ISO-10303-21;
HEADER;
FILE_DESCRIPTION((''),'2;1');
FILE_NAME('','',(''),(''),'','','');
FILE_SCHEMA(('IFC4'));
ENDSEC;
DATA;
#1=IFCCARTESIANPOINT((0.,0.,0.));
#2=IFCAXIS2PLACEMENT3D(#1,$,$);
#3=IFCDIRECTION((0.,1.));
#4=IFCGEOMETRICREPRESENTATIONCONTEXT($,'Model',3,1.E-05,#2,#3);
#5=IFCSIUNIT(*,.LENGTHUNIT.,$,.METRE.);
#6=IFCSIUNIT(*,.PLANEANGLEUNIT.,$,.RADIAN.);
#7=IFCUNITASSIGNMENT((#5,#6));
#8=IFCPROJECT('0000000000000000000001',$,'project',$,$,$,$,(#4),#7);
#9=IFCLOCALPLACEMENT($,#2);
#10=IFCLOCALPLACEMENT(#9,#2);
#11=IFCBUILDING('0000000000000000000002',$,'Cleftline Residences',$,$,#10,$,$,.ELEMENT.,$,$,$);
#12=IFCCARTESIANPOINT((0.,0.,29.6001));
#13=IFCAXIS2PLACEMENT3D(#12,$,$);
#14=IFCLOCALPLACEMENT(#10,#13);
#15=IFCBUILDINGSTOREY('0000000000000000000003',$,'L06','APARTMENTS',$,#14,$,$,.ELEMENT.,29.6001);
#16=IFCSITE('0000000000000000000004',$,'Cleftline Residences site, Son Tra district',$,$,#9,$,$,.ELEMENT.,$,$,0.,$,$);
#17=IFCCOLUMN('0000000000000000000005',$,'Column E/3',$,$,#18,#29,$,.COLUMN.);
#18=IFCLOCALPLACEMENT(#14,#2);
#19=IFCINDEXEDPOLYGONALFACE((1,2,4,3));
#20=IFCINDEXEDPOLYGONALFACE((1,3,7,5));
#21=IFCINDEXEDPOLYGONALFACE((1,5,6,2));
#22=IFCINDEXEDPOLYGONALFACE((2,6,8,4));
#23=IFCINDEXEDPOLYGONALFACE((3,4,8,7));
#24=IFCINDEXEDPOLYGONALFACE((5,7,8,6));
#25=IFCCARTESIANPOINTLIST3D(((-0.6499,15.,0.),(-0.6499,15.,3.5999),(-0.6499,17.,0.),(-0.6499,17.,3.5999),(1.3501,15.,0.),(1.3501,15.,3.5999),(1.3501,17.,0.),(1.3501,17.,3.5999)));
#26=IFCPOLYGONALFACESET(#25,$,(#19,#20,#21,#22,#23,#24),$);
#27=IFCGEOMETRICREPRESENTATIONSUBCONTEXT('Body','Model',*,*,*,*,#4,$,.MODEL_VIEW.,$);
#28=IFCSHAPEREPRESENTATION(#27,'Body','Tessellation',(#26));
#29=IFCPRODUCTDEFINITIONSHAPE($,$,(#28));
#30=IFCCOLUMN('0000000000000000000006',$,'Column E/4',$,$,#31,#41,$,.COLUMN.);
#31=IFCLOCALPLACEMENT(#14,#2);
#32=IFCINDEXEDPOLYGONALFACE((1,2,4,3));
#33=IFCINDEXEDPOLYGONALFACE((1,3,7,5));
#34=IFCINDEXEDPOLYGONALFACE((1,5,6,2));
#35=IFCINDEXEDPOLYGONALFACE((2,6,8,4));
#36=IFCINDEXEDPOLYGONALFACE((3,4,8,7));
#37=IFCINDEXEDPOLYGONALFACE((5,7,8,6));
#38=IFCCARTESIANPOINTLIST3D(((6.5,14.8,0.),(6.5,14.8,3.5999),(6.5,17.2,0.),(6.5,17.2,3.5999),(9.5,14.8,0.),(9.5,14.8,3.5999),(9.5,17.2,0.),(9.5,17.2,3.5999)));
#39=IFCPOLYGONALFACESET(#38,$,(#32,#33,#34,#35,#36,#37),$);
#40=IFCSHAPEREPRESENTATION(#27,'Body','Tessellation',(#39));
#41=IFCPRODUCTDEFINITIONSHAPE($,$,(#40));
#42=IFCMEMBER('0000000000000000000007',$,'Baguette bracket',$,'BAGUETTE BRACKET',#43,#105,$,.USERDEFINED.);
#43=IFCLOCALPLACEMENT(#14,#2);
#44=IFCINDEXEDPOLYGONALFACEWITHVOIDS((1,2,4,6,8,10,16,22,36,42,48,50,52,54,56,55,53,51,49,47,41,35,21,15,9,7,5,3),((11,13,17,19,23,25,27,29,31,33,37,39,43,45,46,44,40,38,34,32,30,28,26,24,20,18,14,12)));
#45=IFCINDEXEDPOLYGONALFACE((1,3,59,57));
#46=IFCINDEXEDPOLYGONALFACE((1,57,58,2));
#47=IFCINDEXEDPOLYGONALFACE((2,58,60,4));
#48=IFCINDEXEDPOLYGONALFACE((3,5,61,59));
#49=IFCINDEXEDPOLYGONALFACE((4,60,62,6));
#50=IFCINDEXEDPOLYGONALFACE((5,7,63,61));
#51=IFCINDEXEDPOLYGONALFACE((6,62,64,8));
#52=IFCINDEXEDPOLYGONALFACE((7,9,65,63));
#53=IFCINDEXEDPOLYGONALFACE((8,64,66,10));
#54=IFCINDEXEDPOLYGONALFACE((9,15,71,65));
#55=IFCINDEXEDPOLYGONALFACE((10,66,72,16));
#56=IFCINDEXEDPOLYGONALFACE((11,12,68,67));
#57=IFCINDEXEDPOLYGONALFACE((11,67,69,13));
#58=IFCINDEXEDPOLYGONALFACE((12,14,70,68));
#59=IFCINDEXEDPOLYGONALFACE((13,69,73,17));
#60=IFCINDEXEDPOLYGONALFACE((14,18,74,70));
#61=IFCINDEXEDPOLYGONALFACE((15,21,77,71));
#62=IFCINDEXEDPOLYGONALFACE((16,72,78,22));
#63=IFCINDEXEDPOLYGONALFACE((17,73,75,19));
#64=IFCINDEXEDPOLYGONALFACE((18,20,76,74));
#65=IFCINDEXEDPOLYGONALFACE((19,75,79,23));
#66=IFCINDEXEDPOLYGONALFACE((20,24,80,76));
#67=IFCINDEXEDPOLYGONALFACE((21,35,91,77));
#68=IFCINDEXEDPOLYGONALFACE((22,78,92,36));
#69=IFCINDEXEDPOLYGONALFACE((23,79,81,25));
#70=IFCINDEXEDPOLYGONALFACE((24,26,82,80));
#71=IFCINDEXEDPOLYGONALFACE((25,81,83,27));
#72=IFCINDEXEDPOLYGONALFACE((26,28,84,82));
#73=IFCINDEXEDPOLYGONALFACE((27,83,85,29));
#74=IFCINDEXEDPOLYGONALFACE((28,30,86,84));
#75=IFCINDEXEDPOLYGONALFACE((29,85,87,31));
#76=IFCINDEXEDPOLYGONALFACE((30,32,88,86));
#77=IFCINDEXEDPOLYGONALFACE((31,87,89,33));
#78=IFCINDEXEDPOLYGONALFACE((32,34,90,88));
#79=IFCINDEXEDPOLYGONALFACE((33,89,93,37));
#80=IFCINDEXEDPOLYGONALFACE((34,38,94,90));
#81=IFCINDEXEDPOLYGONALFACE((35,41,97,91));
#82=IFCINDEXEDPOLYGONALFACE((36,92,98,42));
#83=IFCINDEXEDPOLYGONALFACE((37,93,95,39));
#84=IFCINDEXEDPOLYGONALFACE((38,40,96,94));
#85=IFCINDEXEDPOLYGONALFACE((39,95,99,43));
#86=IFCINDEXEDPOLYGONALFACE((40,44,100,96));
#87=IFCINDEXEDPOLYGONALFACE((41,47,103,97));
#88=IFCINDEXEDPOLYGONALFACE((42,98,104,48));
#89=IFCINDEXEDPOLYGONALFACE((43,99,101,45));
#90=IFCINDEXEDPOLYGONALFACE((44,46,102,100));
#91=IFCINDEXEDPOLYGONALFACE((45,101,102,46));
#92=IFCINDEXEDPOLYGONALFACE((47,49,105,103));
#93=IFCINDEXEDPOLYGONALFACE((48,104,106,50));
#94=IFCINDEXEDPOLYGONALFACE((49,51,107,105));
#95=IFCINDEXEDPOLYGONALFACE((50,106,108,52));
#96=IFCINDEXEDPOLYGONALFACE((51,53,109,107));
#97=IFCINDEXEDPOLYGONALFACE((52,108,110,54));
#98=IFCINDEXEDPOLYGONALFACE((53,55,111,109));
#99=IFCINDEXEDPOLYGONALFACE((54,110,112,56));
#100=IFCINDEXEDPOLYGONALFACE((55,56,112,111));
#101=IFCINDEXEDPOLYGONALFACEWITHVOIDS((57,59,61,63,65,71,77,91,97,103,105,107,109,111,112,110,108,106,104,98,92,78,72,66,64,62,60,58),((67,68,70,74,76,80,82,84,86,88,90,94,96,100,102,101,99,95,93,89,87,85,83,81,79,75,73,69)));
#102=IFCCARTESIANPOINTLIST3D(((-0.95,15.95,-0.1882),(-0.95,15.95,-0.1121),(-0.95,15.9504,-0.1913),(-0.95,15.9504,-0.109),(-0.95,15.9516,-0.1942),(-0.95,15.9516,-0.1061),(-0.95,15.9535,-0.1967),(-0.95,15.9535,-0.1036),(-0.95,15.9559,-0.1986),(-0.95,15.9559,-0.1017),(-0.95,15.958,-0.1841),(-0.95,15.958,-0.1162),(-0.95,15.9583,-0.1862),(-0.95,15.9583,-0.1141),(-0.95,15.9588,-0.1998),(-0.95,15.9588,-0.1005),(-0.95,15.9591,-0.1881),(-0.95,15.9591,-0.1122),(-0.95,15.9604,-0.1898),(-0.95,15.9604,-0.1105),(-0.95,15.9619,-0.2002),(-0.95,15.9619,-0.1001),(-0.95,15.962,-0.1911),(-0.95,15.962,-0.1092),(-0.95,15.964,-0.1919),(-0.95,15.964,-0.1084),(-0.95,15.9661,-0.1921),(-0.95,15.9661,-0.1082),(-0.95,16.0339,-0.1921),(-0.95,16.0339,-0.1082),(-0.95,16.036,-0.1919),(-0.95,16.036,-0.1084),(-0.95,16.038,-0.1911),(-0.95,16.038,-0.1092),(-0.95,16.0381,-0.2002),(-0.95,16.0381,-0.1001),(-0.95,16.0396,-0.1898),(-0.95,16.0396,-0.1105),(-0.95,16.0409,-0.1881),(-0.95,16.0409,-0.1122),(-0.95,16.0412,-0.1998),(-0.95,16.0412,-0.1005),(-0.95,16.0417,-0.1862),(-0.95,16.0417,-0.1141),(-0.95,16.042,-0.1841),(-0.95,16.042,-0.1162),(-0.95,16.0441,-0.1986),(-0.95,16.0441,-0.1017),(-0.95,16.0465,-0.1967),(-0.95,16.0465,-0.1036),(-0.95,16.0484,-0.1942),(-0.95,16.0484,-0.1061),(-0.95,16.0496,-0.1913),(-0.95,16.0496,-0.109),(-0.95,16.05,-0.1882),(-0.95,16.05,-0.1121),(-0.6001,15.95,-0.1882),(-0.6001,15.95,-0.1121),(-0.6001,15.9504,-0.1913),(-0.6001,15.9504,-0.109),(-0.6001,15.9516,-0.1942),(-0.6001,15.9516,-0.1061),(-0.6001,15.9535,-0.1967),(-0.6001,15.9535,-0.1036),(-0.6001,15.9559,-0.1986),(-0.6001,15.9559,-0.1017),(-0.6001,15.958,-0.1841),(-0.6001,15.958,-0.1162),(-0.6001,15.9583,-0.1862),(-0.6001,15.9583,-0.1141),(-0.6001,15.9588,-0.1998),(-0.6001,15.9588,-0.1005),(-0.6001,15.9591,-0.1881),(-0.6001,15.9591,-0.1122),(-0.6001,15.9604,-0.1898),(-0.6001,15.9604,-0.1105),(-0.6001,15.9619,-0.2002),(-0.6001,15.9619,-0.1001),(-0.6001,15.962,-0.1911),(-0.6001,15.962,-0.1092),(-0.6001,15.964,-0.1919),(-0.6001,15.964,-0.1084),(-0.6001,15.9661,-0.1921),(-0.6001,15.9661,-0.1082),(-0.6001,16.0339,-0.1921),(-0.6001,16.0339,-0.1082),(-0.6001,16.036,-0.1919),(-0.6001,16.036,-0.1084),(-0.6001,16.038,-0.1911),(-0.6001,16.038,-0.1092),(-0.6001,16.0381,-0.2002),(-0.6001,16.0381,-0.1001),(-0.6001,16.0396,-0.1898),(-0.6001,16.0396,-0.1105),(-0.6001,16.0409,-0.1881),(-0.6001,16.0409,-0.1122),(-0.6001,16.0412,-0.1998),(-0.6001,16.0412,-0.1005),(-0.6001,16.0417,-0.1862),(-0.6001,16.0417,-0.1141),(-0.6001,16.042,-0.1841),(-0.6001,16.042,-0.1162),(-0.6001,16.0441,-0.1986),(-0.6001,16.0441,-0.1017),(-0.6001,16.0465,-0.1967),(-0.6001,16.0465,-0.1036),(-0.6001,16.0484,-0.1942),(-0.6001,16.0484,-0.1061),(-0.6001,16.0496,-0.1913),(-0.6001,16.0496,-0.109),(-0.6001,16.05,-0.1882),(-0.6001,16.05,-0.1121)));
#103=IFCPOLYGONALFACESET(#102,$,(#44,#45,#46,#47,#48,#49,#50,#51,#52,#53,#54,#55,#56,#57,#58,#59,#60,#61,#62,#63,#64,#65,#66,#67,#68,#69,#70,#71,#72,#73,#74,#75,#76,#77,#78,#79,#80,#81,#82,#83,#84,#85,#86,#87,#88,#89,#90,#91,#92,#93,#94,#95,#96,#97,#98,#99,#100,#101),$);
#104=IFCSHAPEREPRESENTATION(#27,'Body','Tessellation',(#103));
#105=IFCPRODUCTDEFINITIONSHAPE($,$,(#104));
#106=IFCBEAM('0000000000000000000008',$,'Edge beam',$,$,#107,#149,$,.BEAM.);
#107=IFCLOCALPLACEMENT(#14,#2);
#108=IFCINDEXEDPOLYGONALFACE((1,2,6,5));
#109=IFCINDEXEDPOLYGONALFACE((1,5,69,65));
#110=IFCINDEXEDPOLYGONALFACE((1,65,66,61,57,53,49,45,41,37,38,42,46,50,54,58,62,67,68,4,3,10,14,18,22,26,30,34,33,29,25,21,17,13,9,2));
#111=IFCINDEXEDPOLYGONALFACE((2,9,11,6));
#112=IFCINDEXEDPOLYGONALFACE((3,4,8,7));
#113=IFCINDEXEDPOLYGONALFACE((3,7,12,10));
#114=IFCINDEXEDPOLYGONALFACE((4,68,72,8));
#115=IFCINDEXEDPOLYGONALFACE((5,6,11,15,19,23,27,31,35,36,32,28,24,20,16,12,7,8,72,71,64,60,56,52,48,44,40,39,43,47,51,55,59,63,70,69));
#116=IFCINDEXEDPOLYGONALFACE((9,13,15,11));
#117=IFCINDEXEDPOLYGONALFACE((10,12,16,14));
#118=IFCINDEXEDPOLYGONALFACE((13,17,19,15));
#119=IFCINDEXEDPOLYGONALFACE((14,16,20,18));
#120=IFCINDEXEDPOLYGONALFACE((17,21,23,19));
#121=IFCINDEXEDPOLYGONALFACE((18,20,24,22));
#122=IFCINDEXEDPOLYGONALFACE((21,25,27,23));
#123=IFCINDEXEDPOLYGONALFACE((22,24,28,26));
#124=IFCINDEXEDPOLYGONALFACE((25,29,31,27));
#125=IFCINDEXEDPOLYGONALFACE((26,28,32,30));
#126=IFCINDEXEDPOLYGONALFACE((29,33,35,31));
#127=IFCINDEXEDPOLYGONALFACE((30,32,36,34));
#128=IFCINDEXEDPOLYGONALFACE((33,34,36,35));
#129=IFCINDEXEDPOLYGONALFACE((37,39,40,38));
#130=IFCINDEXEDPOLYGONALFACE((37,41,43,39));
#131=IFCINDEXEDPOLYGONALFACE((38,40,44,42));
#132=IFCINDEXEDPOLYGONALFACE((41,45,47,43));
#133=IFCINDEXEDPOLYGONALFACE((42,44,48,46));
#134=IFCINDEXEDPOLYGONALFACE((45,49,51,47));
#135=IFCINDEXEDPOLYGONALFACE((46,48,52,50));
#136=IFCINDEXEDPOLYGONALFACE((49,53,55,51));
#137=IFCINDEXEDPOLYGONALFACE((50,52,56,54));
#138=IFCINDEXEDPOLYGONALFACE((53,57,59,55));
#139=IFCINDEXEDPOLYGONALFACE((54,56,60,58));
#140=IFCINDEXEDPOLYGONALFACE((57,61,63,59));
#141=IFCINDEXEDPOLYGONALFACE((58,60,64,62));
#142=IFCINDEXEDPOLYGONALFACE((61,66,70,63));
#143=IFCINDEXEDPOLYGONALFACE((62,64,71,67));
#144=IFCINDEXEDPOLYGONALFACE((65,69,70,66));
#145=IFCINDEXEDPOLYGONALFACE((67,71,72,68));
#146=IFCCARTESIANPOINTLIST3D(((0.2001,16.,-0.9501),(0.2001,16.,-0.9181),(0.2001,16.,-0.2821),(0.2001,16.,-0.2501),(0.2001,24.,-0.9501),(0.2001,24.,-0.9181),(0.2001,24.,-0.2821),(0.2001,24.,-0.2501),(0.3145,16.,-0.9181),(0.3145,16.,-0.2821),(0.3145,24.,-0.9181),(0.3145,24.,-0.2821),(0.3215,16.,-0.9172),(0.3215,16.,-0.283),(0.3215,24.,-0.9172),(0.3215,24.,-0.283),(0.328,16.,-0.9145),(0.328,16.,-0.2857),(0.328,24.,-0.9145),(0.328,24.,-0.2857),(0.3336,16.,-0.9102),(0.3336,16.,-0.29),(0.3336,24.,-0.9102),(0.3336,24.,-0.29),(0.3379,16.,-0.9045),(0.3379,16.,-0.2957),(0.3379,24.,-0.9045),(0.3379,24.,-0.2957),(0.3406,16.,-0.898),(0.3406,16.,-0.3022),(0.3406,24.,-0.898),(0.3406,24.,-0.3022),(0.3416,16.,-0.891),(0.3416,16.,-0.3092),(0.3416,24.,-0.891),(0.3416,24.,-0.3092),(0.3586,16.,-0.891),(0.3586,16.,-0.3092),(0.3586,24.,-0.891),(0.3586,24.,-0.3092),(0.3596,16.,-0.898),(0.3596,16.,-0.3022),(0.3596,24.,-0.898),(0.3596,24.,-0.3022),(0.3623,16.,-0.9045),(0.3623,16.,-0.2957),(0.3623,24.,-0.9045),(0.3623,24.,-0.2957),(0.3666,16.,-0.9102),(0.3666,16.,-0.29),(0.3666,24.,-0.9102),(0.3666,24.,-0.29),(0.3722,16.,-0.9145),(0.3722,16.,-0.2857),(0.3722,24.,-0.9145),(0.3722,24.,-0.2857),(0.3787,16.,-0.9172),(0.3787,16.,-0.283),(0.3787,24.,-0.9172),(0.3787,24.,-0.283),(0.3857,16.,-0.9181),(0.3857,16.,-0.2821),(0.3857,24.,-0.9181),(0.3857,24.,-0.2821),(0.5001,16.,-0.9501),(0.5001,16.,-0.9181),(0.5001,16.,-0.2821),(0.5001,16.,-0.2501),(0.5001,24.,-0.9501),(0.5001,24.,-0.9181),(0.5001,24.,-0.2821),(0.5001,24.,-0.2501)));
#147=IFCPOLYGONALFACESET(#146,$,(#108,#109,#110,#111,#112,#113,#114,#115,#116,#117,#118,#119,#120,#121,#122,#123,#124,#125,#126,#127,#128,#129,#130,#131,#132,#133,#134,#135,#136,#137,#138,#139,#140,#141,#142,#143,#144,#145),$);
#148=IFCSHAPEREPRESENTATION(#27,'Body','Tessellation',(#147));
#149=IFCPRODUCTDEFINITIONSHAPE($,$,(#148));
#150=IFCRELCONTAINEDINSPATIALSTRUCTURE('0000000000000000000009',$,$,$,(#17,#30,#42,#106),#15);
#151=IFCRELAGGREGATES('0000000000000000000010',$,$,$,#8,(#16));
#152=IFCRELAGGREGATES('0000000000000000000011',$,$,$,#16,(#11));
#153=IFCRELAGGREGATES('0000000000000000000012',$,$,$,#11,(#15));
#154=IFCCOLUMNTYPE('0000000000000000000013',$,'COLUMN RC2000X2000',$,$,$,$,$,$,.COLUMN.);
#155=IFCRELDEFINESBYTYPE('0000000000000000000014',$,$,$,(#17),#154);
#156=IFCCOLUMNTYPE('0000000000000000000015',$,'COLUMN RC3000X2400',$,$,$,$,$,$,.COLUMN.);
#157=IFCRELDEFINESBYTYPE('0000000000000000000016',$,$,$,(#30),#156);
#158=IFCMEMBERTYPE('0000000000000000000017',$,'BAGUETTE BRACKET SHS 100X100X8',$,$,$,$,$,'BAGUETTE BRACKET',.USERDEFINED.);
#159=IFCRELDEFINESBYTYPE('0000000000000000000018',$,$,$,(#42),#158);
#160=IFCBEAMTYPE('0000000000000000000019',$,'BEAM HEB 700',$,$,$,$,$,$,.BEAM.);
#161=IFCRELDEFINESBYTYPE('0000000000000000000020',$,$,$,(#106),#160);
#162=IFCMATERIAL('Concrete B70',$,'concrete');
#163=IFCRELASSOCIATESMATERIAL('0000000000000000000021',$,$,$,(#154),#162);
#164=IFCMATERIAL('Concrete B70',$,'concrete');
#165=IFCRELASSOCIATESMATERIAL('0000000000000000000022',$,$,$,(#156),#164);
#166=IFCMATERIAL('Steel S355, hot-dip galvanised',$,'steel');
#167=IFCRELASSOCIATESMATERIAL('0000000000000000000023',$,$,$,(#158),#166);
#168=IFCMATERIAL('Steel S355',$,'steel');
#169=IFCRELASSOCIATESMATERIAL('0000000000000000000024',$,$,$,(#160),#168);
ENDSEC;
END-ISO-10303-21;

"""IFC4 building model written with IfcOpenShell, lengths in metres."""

from ifc_helpers import new_model, si_unit, direction, frame, origin, origin_2d, place, context, subcontext, project, spatial, rectangle, hollow_rectangle, i_section, extrude, material, material_profile, profile_set, type_object, element, save


model = new_model("IFC4")

# Units and contexts
model_context = context("Model", 3, precision=1e-05, world=origin(), true_north=direction((0.0, 1.0)))
body_context = subcontext(model_context, "Body", "Model", "MODEL_VIEW")
ifc_project = project(units=[si_unit("LENGTHUNIT", "METRE"), si_unit("PLANEANGLEUNIT", "RADIAN")], contexts=[model_context])

# Site, building, storey
site_placement = place(None, origin())
site = spatial("IfcSite", under=ifc_project, at=site_placement, Name="Cleftline Residences site, Son Tra district", CompositionType="ELEMENT", RefElevation=0.0)
building_placement = place(site_placement, origin())
building = spatial("IfcBuilding", under=site, at=building_placement, Name="Cleftline Residences", CompositionType="ELEMENT")
storey_placement = place(building_placement, frame((0.0, 0.0, 29.6001)))
storey = spatial("IfcBuildingStorey", under=building, at=storey_placement, Name="L06", Description="APARTMENTS", CompositionType="ELEMENT", Elevation=29.6001)

# Columns
ifc_material_1 = material(Name="Concrete B70", Category="concrete")
ifc_material_profile_1 = material_profile(ifc_material_1, rectangle(XDim=2.0, YDim=2.0, at=origin_2d()))
ifc_profile_set_1 = profile_set([ifc_material_profile_1], Name="Concrete B70")
column_type_1 = type_object("IfcColumnType", Name="COLUMN RC2000X2000", PredefinedType="COLUMN", material=ifc_profile_set_1)
column_1_placement = place(storey_placement, frame((0.3501, 16.0, 0.0), z_axis=(0.0, 0.0, 1.0), x_axis=(1.0, 0.0, 0.0)))
element("IfcColumn", 1, at=column_1_placement, inside=storey, type_object=column_type_1, Name="Column E/3", PredefinedType="COLUMN", context=body_context, shape_type="SweptSolid", body=[
    extrude(rectangle(XDim=2.0, YDim=2.0, at=origin_2d()), origin(), (0.0, 0.0, 1.0), 3.5999),
])
ifc_material_2 = material(Name="Concrete B70", Category="concrete")
ifc_material_profile_2 = material_profile(ifc_material_2, rectangle(XDim=3.0, YDim=2.3999, at=origin_2d()))
ifc_profile_set_2 = profile_set([ifc_material_profile_2], Name="Concrete B70")
column_type_2 = type_object("IfcColumnType", Name="COLUMN RC3000X2400", PredefinedType="COLUMN", material=ifc_profile_set_2)
column_2_placement = place(storey_placement, frame((8.0, 16.0, 0.0), z_axis=(0.0, 0.0, 1.0), x_axis=(1.0, 0.0, 0.0)))
element("IfcColumn", 2, at=column_2_placement, inside=storey, type_object=column_type_2, Name="Column E/4", PredefinedType="COLUMN", context=body_context, shape_type="SweptSolid", body=[
    extrude(rectangle(XDim=3.0, YDim=2.3999, at=origin_2d()), origin(), (0.0, 0.0, 1.0), 3.5999),
])

# Member
ifc_material_3 = material(Name="Steel S355, hot-dip galvanised", Category="steel")
ifc_material_profile_3 = material_profile(ifc_material_3, hollow_rectangle(XDim=0.1001, YDim=0.1001, WallThickness=0.0081, InnerFilletRadius=0.0081, OuterFilletRadius=0.012, at=origin_2d()))
ifc_profile_set_3 = profile_set([ifc_material_profile_3], Name="Steel S355, hot-dip galvanised")
member_type_1 = type_object("IfcMemberType", Name="BAGUETTE BRACKET SHS 100X100X8", ElementType="BAGUETTE BRACKET", PredefinedType="USERDEFINED", material=ifc_profile_set_3)
member_placement = place(storey_placement, frame((-0.6001, 16.0, -0.1501), z_axis=(-1.0, 0.0, 0.0), x_axis=(0.0, -1.0, 0.0)))
element("IfcMember", 3, at=member_placement, inside=storey, type_object=member_type_1, Name="Baguette bracket", ObjectType="BAGUETTE BRACKET", PredefinedType="USERDEFINED", context=body_context, shape_type="SweptSolid", body=[
    extrude(hollow_rectangle(XDim=0.1001, YDim=0.1001, WallThickness=0.0081, InnerFilletRadius=0.0081, OuterFilletRadius=0.012, at=origin_2d()), origin(), (0.0, 0.0, 1.0), 0.3499),
])

# Beam
ifc_material_4 = material(Name="Steel S355", Category="steel")
ifc_material_profile_4 = material_profile(ifc_material_4, i_section(OverallWidth=0.3, OverallDepth=0.7, WebThickness=0.0171, FlangeThickness=0.032, FilletRadius=0.0271, at=origin_2d()))
ifc_profile_set_4 = profile_set([ifc_material_profile_4], Name="Steel S355")
beam_type_1 = type_object("IfcBeamType", Name="BEAM HEB 700", PredefinedType="BEAM", material=ifc_profile_set_4)
beam_1_placement = place(storey_placement, frame((0.3501, 16.0, -0.6001), z_axis=(0.0, 1.0, 0.0), x_axis=(-1.0, 0.0, 0.0)))
element("IfcBeam", 4, at=beam_1_placement, inside=storey, type_object=beam_type_1, Name="Edge beam", PredefinedType="BEAM", context=body_context, shape_type="SweptSolid", body=[
    extrude(i_section(OverallWidth=0.3, OverallDepth=0.7, WebThickness=0.0171, FlangeThickness=0.032, FilletRadius=0.0271, at=origin_2d()), origin(), (0.0, 0.0, 1.0), 8.0),
])

save(model, "model.ifc")
